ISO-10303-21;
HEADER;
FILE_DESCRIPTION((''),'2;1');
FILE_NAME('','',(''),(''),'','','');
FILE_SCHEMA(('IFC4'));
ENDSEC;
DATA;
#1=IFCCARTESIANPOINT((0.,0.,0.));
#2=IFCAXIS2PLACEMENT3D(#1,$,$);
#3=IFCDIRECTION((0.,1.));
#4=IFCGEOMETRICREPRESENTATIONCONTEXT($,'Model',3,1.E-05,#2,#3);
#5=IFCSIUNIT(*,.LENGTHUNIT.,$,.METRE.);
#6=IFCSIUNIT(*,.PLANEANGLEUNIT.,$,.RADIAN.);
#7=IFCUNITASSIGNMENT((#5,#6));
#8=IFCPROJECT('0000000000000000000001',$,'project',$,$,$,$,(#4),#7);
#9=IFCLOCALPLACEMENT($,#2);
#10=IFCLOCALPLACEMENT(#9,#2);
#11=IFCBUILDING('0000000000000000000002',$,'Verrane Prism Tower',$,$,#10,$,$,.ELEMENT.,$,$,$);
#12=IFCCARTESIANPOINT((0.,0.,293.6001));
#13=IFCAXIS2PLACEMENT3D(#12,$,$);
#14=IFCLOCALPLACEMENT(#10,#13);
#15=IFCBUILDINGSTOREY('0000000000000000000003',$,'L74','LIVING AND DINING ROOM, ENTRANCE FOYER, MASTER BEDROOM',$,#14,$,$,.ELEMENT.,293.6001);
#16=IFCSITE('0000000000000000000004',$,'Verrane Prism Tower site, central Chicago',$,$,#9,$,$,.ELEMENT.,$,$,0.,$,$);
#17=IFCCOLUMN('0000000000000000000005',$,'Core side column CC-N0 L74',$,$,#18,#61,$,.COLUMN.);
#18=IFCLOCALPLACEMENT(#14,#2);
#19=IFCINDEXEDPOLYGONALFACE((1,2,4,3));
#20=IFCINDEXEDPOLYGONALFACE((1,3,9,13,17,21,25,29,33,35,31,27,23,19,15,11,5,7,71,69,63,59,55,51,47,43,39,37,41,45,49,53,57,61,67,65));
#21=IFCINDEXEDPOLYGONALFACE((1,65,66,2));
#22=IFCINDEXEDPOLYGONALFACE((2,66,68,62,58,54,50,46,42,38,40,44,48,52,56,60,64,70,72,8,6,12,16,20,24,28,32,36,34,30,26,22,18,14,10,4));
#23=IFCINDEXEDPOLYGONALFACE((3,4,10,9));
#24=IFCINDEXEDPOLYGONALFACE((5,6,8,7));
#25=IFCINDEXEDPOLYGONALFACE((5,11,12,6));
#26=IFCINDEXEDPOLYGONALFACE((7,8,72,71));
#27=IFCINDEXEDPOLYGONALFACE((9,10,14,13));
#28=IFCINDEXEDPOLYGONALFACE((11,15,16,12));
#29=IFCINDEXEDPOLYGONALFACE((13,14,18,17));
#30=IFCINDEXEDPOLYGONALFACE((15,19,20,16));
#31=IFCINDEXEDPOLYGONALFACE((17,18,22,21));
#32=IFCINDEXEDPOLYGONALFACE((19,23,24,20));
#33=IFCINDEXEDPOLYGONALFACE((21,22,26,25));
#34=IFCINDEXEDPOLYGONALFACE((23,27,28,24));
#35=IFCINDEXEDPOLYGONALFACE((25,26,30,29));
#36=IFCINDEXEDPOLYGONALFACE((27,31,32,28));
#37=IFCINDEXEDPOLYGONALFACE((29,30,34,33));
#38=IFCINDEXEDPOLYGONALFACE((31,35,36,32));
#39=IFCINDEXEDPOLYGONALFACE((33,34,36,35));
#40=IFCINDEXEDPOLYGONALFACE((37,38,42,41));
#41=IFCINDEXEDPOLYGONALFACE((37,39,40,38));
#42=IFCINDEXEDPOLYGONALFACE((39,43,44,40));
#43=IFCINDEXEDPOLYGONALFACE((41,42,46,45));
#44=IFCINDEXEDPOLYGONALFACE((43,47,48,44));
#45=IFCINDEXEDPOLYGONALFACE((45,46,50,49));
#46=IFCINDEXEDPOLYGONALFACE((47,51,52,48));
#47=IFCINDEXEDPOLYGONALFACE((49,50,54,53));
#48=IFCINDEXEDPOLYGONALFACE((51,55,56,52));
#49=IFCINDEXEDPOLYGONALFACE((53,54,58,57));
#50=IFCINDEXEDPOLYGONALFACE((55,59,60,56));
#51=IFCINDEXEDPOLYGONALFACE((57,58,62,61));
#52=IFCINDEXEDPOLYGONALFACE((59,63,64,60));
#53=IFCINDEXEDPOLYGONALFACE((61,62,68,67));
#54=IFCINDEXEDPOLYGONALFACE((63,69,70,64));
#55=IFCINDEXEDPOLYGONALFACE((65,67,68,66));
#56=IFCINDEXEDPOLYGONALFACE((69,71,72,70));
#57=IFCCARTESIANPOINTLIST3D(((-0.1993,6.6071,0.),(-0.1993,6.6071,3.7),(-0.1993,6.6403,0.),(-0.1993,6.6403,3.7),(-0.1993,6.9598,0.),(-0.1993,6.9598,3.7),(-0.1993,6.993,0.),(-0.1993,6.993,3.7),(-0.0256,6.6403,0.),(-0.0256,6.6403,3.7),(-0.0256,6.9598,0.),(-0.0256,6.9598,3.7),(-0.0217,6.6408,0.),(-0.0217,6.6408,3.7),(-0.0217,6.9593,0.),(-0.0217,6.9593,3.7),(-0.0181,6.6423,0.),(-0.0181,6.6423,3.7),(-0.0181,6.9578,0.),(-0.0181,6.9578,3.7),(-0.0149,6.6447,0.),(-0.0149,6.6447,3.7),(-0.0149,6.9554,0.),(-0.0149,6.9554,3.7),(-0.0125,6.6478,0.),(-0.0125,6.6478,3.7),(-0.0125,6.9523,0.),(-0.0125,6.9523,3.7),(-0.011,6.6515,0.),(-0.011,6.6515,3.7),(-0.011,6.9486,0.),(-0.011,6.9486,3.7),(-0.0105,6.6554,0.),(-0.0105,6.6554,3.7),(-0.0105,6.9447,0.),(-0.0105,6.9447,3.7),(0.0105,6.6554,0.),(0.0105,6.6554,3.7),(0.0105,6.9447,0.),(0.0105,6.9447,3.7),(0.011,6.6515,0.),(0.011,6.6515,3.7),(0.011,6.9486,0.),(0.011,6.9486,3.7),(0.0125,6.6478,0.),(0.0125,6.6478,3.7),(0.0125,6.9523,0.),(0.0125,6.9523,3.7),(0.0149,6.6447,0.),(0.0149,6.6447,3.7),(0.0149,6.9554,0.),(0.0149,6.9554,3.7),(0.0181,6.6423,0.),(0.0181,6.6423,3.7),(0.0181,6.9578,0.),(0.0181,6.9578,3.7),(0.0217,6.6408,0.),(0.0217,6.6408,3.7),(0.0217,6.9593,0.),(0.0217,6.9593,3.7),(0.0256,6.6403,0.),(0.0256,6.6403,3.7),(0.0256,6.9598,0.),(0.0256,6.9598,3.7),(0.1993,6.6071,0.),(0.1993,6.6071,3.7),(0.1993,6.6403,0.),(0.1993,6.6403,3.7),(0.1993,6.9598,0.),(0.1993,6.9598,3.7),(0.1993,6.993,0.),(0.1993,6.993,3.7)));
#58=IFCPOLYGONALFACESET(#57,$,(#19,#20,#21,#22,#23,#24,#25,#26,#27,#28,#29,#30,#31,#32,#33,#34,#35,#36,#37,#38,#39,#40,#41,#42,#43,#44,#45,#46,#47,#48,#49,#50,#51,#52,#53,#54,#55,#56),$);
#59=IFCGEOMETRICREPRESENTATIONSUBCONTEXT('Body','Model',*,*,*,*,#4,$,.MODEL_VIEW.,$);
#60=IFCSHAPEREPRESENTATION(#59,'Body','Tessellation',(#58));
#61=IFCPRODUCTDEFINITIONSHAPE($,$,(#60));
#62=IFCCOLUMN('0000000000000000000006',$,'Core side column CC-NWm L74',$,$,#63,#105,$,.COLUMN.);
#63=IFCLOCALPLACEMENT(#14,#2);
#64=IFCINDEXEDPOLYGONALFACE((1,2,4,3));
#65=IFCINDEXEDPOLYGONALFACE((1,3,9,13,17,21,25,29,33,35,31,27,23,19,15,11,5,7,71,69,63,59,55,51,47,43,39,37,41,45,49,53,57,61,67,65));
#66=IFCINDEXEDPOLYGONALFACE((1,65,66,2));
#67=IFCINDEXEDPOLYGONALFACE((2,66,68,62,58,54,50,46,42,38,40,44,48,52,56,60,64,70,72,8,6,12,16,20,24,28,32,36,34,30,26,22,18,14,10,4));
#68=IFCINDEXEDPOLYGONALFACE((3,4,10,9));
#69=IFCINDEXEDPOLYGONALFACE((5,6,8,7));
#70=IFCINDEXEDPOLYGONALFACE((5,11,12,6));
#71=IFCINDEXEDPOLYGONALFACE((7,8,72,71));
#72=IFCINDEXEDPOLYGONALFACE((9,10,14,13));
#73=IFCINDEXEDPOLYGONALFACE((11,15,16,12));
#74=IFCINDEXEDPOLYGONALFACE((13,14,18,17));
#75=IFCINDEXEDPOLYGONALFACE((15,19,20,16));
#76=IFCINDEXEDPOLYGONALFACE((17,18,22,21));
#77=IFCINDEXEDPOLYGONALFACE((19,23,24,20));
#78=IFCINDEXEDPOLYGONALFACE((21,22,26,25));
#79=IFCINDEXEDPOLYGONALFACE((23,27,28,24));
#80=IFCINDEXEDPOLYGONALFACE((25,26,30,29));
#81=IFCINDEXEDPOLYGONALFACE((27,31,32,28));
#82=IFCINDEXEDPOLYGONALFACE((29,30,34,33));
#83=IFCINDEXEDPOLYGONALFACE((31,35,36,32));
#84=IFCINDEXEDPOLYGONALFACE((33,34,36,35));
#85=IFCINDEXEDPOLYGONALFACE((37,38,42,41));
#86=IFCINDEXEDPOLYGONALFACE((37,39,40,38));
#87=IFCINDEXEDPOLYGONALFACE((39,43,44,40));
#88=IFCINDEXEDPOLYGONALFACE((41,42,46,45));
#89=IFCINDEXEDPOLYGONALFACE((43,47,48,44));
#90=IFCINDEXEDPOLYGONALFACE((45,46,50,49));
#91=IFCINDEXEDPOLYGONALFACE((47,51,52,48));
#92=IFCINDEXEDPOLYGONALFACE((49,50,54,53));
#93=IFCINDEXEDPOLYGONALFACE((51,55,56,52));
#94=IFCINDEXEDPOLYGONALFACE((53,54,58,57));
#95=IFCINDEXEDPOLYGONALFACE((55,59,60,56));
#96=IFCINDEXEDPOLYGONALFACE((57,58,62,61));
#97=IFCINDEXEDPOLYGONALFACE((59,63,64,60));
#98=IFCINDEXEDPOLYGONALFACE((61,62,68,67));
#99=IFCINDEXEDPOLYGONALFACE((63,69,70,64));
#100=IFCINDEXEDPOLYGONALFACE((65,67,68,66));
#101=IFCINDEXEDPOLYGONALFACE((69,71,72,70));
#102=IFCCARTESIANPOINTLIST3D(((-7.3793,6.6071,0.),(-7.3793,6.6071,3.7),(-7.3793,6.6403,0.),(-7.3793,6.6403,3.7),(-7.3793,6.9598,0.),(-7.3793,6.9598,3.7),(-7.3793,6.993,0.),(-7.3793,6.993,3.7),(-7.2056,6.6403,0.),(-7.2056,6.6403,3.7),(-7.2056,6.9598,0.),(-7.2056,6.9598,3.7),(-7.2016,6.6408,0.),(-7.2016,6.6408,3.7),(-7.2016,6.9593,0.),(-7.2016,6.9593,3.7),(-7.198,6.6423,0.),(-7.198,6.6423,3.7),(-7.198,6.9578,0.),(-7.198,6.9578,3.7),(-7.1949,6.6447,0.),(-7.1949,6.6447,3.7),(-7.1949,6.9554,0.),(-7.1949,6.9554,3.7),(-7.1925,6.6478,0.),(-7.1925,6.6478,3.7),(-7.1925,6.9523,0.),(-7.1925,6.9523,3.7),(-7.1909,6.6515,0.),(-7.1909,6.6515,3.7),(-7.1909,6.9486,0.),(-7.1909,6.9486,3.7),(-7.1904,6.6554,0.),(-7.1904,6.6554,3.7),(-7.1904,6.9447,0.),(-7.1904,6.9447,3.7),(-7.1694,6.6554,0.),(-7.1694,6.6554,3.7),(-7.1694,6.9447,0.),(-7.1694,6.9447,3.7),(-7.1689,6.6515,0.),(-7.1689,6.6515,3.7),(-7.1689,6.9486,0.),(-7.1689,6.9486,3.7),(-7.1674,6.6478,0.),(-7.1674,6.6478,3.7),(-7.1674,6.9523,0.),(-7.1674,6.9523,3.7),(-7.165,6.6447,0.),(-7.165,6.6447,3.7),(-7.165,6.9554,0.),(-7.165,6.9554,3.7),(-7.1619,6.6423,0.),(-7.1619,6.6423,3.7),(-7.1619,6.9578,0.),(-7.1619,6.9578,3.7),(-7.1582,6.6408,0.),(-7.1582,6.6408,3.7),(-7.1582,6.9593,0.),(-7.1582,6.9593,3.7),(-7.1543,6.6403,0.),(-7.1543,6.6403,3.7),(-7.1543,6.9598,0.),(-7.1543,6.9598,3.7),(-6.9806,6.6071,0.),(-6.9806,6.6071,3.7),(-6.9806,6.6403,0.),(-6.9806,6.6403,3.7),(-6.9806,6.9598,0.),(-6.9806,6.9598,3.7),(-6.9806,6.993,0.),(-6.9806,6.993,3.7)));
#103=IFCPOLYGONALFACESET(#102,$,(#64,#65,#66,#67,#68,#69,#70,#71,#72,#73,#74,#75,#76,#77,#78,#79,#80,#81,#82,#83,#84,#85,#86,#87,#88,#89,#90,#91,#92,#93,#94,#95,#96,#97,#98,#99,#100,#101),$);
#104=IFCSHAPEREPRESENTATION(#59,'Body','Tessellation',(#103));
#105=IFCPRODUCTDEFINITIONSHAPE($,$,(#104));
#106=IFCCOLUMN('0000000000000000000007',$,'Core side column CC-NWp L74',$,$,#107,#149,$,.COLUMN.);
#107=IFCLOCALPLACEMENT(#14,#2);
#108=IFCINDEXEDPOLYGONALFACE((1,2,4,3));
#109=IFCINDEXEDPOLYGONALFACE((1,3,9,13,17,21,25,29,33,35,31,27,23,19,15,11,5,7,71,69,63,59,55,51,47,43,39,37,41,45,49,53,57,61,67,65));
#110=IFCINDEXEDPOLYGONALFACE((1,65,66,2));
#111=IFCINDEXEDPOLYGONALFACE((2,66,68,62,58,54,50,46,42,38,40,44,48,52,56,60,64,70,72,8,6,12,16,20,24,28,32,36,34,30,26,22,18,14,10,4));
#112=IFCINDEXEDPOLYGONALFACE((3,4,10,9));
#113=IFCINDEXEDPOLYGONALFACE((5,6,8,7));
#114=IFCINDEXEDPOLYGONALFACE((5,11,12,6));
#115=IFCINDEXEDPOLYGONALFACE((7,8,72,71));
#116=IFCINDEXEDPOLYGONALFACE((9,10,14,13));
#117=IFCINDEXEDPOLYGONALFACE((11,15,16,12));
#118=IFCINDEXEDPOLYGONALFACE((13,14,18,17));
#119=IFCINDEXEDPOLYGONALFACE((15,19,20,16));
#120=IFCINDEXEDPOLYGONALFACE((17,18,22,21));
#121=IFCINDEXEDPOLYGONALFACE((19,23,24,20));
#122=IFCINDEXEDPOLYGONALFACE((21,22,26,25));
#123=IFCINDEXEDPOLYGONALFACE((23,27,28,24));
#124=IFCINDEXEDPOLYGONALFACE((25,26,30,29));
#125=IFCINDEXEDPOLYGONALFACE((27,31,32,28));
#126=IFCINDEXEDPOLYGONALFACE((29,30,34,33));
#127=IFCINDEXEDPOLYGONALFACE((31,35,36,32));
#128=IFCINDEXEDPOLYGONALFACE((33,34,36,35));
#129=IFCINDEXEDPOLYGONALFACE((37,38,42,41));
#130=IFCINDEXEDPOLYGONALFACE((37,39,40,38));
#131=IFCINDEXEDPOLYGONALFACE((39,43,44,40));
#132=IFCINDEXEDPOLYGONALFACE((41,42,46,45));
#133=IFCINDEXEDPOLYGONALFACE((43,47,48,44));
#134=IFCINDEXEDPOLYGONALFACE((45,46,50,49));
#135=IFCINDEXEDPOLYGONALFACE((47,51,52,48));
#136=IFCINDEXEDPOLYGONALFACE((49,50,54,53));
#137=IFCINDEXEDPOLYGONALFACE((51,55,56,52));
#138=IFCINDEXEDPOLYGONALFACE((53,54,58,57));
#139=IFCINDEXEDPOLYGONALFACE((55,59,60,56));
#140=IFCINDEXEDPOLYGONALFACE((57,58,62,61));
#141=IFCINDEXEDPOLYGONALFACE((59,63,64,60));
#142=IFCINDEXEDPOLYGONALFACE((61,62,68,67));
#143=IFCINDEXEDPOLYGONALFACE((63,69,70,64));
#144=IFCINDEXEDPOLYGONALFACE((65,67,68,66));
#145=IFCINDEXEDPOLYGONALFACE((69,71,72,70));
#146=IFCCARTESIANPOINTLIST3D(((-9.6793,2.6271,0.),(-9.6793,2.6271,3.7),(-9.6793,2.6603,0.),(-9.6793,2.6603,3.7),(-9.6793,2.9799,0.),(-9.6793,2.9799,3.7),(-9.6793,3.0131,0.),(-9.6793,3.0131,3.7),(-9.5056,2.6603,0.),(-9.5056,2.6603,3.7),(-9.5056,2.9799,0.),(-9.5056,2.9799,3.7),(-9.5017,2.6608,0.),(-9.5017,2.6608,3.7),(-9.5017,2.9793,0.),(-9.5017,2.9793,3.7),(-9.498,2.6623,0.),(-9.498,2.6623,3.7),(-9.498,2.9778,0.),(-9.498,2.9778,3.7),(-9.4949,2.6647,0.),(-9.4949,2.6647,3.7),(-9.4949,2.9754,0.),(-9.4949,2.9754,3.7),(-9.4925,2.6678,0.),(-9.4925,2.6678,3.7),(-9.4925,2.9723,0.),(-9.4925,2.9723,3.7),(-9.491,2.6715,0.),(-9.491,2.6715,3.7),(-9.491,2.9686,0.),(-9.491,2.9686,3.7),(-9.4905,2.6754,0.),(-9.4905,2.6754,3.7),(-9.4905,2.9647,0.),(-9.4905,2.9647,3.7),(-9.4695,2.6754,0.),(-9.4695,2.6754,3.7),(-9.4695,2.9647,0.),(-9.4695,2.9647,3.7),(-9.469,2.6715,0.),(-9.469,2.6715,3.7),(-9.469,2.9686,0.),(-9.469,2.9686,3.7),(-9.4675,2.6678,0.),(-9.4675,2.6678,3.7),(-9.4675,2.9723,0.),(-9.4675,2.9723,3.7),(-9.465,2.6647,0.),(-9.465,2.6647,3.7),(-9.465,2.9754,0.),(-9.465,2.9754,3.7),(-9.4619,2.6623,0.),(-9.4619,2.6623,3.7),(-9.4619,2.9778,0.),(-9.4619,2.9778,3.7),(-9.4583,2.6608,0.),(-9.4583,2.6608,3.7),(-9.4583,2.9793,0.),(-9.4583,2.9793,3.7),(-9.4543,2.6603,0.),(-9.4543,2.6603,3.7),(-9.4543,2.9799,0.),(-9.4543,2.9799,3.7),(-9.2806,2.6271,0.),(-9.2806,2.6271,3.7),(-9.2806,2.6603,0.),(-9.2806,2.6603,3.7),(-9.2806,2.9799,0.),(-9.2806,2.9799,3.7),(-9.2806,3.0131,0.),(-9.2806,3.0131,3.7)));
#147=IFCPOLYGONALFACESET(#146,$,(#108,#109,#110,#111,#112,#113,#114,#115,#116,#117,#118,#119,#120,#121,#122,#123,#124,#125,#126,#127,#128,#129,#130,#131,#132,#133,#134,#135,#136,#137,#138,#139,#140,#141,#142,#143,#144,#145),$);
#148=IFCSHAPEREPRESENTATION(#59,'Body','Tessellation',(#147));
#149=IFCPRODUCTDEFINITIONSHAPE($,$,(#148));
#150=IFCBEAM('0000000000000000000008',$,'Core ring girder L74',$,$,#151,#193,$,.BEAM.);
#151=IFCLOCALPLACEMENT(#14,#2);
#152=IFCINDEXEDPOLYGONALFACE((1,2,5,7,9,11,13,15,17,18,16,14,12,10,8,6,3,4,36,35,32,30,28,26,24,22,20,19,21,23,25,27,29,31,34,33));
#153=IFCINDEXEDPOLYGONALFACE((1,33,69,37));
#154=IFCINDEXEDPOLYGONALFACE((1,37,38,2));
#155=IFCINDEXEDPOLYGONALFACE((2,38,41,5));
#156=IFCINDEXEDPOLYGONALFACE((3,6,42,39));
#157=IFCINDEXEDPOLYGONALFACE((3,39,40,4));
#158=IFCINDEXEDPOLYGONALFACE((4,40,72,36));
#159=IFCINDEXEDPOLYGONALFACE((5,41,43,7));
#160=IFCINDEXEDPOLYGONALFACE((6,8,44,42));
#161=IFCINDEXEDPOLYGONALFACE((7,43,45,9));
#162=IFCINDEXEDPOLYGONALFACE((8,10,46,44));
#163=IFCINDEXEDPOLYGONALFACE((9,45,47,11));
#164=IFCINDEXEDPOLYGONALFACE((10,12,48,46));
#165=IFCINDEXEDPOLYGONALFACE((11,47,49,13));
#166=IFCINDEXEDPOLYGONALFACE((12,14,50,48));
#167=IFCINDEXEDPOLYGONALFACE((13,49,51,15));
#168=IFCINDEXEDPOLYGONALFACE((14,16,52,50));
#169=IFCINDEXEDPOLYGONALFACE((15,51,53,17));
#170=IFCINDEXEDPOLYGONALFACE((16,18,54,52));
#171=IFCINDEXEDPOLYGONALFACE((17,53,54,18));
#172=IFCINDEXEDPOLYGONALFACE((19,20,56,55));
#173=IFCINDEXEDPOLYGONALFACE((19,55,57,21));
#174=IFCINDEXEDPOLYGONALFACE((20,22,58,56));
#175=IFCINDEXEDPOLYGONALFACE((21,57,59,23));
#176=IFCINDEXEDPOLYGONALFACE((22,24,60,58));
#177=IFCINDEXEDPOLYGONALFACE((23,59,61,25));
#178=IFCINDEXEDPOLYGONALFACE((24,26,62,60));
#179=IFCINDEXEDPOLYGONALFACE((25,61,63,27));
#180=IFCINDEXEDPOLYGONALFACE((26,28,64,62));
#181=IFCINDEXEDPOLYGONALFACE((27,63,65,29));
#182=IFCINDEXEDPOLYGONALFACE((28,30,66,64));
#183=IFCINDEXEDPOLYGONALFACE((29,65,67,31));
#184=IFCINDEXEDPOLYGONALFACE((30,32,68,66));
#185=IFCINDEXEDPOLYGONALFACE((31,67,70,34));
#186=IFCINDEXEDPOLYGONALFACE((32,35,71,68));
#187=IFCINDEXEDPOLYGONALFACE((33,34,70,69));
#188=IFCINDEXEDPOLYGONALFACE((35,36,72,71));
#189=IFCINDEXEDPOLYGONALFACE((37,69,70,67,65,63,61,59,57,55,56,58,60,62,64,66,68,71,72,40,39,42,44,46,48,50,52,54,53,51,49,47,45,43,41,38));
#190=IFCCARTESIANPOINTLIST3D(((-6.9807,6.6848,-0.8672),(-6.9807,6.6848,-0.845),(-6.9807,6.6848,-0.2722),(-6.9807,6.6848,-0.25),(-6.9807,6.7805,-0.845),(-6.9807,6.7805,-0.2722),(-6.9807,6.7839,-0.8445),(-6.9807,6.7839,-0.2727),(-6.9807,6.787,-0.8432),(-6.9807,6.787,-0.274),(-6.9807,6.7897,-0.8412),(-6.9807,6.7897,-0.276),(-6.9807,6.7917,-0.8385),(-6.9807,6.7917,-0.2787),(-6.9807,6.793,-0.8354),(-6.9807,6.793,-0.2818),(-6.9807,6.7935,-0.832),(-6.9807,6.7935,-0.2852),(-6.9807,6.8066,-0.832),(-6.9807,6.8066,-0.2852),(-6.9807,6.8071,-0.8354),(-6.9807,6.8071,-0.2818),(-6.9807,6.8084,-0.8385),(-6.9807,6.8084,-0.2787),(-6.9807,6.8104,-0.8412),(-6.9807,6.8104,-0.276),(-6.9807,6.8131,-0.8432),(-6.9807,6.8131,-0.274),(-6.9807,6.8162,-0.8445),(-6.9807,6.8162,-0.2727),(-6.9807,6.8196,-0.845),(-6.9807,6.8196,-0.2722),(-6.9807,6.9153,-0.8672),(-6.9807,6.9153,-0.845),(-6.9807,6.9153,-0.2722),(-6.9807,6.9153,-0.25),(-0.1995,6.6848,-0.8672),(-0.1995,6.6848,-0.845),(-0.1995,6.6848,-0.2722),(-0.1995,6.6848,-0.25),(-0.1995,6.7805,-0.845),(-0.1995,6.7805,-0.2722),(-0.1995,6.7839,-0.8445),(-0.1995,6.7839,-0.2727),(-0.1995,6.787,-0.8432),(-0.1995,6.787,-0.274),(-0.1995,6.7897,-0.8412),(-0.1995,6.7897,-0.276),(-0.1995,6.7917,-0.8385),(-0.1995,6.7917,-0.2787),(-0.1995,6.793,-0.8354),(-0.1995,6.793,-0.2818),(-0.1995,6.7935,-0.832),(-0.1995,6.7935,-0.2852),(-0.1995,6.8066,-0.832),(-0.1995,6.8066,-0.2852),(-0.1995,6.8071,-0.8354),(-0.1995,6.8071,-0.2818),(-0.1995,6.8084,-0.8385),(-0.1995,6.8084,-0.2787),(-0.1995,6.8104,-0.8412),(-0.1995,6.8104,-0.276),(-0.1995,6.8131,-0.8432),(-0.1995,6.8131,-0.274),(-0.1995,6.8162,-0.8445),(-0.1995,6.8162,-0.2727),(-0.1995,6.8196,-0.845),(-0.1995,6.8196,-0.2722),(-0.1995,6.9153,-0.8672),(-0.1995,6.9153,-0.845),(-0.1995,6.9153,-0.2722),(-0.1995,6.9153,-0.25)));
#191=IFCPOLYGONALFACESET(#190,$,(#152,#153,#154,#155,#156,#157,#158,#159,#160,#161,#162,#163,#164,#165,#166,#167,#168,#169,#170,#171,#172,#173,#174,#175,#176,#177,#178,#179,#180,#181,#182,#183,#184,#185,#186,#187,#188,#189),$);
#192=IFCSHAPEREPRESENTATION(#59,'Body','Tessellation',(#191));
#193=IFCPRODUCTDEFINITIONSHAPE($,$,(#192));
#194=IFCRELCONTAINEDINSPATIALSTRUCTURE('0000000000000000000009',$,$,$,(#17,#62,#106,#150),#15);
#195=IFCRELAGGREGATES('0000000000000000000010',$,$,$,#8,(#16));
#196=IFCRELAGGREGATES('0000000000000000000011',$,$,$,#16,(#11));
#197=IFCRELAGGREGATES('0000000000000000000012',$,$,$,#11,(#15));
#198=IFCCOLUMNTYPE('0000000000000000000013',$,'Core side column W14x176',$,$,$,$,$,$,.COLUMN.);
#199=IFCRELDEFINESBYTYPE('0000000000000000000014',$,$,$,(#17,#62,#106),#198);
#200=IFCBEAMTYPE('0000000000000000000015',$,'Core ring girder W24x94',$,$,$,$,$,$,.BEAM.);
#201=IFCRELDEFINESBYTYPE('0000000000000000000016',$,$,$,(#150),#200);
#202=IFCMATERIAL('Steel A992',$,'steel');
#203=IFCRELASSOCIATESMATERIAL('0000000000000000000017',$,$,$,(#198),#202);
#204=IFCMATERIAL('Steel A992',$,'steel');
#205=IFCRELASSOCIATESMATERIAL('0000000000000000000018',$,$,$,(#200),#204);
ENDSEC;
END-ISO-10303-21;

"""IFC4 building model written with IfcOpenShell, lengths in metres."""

from ifc_helpers import new_model, si_unit, direction, frame, origin, origin_2d, place, context, subcontext, project, spatial, i_section, extrude, material, material_profile, profile_set, type_object, element, save


model = new_model("IFC4")

# Units and contexts
model_context = context("Model", 3, precision=1e-05, world=origin(), true_north=direction((0.0, 1.0)))
body_context = subcontext(model_context, "Body", "Model", "MODEL_VIEW")
ifc_project = project(units=[si_unit("LENGTHUNIT", "METRE"), si_unit("PLANEANGLEUNIT", "RADIAN")], contexts=[model_context])

# Site, building, storey
site_placement = place(None, origin())
site = spatial("IfcSite", under=ifc_project, at=site_placement, Name="Verrane Prism Tower site, central Chicago", CompositionType="ELEMENT", RefElevation=0.0)
building_placement = place(site_placement, origin())
building = spatial("IfcBuilding", under=site, at=building_placement, Name="Verrane Prism Tower", CompositionType="ELEMENT")
storey_placement = place(building_placement, frame((0.0, 0.0, 293.6001)))
storey = spatial("IfcBuildingStorey", under=building, at=storey_placement, Name="L74", Description="LIVING AND DINING ROOM, ENTRANCE FOYER, MASTER BEDROOM", CompositionType="ELEMENT", Elevation=293.6001)

# Columns
ifc_material_1 = material(Name="Steel A992", Category="steel")
ifc_material_profile_1 = material_profile(ifc_material_1, i_section(OverallWidth=0.3987, OverallDepth=0.386, WebThickness=0.021, FlangeThickness=0.0332, FilletRadius=0.0151, at=origin_2d()), Name="W14x176")
ifc_profile_set_1 = profile_set([ifc_material_profile_1], Name="Steel A992")
column_type = type_object("IfcColumnType", Name="Core side column W14x176", PredefinedType="COLUMN", material=ifc_profile_set_1)
for number, where, z_axis, x_axis, name in (
    (1, (0.0, 6.8, 0.0), (0.0, 0.0, 1.0), (1.0, 0.0, 0.0), "Core side column CC-N0 L74"),
    (2, (-7.1799, 6.8, 0.0), (0.0, 0.0, 1.0), (1.0, 0.0, 0.0), "Core side column CC-NWm L74"),
    (3, (-9.48, 2.8201, 0.0), (0.0, 0.0, 1.0), (1.0, 0.0, 0.0), "Core side column CC-NWp L74"),
):
    element("IfcColumn", number, at=place(storey_placement, frame(where, z_axis=z_axis, x_axis=x_axis)), inside=storey, type_object=column_type, Name=name, PredefinedType="COLUMN", context=body_context, shape_type="SweptSolid", body=[
        extrude(i_section(OverallWidth=0.3987, OverallDepth=0.386, WebThickness=0.021, FlangeThickness=0.0332, FilletRadius=0.0151, at=origin_2d()), origin(), (0.0, 0.0, 1.0), 3.7),
    ])

# Beam
ifc_material_2 = material(Name="Steel A992", Category="steel")
ifc_material_profile_2 = material_profile(ifc_material_2, i_section(OverallWidth=0.2305, OverallDepth=0.6172, WebThickness=0.0132, FlangeThickness=0.0222, FilletRadius=0.0129, at=origin_2d()), Name="W24x94")
ifc_profile_set_2 = profile_set([ifc_material_profile_2], Name="Steel A992")
beam_type = type_object("IfcBeamType", Name="Core ring girder W24x94", PredefinedType="BEAM", material=ifc_profile_set_2)
beam_1_placement = place(storey_placement, frame((-0.1995, 6.8, -0.5586), z_axis=(-1.0, 0.0, 0.0), x_axis=(0.0, -1.0, 0.0)))
element("IfcBeam", 4, at=beam_1_placement, inside=storey, type_object=beam_type, Name="Core ring girder L74", PredefinedType="BEAM", context=body_context, shape_type="SweptSolid", body=[
    extrude(i_section(OverallWidth=0.2305, OverallDepth=0.6172, WebThickness=0.0132, FlangeThickness=0.0222, FilletRadius=0.0129, at=origin_2d()), origin(), (0.0, 0.0, 1.0), 6.7812),
])

save(model, "model.ifc")
